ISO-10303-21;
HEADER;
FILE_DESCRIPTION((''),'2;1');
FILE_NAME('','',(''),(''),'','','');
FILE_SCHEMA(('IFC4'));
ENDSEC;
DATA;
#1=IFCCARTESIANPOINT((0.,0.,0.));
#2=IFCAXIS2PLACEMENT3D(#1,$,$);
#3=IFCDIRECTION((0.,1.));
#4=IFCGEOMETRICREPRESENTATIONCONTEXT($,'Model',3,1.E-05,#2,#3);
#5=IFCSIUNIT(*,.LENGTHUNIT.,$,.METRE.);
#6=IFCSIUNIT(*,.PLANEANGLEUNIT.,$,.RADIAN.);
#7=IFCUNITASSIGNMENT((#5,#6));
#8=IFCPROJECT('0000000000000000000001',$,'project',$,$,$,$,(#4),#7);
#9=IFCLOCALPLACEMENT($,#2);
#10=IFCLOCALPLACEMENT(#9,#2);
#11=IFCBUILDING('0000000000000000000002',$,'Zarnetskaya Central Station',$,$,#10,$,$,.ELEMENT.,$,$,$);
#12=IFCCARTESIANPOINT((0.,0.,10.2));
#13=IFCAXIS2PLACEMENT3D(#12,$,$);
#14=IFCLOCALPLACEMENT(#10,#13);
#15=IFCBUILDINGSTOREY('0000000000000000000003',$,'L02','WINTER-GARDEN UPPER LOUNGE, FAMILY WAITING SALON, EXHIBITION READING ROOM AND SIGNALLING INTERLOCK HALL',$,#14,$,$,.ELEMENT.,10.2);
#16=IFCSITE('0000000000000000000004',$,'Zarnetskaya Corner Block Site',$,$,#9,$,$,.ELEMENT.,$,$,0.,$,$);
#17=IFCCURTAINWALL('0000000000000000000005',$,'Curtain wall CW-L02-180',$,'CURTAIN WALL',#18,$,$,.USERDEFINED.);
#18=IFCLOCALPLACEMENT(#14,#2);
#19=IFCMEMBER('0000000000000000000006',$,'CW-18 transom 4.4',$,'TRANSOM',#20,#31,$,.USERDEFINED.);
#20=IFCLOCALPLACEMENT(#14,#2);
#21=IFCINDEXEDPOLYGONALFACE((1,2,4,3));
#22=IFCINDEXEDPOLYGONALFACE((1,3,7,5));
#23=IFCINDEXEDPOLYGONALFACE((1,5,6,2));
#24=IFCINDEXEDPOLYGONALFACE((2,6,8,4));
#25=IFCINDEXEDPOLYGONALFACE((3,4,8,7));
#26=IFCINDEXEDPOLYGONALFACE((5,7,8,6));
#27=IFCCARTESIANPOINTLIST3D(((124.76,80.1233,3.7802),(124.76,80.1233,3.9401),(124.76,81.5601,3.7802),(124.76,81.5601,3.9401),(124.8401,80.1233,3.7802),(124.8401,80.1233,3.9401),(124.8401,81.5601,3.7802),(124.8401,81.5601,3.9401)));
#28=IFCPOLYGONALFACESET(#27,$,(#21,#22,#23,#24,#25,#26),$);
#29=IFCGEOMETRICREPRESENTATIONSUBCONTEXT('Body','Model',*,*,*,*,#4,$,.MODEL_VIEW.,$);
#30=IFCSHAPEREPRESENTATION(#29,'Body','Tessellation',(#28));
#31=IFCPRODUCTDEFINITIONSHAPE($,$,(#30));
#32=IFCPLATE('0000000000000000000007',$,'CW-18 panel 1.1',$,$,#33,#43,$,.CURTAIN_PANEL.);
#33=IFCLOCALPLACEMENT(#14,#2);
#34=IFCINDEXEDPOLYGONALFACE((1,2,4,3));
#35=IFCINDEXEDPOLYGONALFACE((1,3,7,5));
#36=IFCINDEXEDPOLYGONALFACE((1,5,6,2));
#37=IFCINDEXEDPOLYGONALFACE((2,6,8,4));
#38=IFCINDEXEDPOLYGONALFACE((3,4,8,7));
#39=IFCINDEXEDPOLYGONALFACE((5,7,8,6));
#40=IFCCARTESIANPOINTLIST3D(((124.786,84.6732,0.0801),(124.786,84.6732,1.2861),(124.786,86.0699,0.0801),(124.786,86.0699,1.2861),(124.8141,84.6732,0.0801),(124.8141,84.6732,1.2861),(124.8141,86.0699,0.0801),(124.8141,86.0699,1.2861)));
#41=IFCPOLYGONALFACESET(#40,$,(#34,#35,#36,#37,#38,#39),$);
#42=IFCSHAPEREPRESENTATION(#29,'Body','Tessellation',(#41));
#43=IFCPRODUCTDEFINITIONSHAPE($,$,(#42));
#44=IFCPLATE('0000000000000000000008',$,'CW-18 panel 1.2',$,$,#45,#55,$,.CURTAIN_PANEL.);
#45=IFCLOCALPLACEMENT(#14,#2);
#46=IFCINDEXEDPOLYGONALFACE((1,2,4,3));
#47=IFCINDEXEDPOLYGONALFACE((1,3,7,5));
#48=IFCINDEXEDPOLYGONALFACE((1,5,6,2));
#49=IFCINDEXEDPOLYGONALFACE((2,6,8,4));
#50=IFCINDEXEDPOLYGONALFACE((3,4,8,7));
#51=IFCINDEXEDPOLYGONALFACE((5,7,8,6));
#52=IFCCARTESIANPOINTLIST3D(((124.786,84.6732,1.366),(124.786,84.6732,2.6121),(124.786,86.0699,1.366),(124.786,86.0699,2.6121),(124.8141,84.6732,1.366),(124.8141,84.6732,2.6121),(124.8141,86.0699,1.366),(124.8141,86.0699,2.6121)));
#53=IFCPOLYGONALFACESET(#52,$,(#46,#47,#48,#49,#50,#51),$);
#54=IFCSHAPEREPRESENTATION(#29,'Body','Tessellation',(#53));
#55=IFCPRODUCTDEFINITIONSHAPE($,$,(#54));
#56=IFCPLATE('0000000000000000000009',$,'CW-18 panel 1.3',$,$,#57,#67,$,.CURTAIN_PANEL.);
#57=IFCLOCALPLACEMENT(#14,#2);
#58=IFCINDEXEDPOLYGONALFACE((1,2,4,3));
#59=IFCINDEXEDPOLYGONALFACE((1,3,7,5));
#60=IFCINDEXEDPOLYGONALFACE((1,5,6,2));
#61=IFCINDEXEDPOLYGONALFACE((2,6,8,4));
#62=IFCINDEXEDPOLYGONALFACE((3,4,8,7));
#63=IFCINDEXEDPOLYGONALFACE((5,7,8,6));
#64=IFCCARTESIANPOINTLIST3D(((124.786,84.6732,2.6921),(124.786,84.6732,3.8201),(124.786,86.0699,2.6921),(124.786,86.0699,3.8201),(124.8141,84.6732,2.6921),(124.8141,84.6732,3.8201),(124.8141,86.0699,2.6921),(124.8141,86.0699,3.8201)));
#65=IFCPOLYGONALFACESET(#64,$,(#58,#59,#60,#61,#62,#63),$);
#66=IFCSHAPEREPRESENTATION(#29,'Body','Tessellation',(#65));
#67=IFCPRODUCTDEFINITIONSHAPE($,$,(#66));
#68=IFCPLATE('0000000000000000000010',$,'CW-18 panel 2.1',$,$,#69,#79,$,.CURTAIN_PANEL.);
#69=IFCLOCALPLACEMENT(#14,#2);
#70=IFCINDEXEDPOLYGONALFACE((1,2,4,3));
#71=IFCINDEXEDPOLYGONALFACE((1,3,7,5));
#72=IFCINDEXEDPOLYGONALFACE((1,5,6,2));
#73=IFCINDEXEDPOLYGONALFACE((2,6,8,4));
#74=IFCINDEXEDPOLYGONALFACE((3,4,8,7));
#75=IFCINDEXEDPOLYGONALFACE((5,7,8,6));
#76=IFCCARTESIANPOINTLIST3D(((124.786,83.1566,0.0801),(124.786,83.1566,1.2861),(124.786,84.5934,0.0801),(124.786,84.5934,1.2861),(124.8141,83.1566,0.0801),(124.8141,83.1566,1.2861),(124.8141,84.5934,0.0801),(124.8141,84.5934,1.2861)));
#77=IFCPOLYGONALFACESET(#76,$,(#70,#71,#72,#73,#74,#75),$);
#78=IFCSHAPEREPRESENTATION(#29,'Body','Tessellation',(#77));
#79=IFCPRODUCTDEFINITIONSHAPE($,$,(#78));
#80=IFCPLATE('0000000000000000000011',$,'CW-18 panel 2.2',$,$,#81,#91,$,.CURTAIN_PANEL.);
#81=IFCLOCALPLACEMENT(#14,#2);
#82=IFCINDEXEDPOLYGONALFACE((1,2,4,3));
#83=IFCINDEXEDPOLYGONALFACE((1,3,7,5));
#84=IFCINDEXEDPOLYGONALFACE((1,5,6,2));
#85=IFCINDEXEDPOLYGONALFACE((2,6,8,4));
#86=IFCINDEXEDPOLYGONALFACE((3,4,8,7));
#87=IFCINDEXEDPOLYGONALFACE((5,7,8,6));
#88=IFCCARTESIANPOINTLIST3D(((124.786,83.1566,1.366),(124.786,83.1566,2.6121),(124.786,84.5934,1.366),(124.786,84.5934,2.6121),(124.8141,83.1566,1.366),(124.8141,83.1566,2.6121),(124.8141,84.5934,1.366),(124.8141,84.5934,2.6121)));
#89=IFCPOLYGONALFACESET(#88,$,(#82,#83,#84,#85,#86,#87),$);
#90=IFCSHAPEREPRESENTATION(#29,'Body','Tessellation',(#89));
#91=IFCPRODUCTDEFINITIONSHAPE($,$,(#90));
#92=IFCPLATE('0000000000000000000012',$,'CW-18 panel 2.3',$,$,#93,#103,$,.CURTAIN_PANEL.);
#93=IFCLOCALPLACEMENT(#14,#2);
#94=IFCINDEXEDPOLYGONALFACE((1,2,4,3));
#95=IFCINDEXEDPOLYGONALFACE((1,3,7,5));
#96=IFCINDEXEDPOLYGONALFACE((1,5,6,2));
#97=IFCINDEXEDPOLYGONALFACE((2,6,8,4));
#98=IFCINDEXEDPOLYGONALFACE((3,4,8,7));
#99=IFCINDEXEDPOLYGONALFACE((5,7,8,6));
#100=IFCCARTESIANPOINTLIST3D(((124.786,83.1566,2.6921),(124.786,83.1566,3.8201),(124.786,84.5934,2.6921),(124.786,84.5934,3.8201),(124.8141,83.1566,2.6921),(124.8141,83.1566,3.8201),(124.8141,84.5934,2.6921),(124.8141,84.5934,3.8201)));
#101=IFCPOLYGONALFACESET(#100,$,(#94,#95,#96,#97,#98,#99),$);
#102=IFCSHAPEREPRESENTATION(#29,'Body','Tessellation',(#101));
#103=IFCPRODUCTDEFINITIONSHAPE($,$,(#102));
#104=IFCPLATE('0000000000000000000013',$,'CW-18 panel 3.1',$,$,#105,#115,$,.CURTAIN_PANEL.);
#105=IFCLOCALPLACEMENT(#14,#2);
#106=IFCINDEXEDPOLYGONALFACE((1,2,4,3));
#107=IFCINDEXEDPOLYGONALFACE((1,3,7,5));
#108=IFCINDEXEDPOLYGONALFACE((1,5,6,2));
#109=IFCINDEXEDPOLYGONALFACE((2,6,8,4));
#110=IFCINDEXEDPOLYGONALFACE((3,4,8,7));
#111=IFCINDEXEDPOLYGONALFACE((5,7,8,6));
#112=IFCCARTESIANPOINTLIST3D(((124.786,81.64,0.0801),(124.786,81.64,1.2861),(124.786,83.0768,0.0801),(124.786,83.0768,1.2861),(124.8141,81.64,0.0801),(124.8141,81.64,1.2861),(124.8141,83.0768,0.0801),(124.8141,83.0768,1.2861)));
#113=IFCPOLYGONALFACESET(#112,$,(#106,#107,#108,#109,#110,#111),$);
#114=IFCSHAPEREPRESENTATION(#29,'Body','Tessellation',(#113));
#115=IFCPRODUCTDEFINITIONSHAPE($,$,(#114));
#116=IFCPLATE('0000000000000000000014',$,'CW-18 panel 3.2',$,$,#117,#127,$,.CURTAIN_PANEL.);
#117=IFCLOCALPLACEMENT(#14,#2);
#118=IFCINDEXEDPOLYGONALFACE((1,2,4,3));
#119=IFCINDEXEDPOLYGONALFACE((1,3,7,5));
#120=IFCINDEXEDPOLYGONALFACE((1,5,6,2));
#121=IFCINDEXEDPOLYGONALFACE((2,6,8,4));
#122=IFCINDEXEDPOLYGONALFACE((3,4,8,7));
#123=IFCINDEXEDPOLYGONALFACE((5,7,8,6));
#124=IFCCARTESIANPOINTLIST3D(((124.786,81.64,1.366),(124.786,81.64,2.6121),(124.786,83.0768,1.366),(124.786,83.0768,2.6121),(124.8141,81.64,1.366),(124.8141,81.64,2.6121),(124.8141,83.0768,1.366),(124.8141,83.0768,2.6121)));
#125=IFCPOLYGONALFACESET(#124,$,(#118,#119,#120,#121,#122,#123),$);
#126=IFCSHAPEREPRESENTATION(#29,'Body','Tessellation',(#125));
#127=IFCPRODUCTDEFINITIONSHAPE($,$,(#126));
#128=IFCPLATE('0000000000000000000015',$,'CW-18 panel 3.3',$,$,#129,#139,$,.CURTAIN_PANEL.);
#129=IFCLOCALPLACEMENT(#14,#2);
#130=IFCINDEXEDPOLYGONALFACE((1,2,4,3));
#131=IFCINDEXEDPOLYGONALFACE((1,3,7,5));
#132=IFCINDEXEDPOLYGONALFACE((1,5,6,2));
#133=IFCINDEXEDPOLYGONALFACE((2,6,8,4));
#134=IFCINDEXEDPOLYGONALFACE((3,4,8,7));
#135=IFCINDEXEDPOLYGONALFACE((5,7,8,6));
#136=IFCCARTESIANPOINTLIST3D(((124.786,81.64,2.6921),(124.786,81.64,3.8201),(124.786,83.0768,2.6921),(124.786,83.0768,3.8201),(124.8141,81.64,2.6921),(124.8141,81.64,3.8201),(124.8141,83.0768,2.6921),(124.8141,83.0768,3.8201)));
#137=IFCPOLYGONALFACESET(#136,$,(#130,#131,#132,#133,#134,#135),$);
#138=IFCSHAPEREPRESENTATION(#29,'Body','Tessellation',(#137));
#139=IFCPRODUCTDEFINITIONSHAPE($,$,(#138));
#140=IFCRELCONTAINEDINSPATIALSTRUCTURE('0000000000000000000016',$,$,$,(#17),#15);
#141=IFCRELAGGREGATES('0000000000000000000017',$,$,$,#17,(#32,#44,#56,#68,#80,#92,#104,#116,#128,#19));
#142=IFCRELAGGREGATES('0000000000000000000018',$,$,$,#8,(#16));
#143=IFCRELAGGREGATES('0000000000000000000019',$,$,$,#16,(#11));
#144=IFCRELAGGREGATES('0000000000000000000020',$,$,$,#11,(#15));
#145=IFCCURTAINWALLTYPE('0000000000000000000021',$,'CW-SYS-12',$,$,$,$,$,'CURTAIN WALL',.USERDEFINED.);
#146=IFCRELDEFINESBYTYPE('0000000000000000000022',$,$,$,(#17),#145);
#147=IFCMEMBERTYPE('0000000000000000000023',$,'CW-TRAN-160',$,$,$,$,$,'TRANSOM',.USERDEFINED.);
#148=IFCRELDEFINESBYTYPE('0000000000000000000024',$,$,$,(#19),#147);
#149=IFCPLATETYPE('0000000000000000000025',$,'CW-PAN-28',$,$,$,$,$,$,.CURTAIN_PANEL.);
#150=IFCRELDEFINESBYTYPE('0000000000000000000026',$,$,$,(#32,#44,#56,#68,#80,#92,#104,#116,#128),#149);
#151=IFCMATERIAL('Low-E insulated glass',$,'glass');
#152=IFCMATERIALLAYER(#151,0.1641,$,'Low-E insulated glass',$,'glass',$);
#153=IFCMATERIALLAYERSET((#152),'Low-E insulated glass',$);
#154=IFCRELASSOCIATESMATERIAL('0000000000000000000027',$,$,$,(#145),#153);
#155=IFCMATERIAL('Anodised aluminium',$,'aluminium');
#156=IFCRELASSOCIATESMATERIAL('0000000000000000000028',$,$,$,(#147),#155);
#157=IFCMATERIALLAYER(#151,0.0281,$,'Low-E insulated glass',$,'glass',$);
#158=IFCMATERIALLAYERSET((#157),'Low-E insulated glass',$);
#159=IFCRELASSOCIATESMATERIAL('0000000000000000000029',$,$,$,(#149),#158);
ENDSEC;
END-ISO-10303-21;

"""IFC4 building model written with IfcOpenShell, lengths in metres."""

from ifc_helpers import new_model, si_unit, direction, frame, origin, origin_2d, place, context, subcontext, project, spatial, rectangle, extrude, material, layer, layer_set, material_profile, profile_set, type_object, element, aggregate, save


model = new_model("IFC4")

# Units and contexts
model_context = context("Model", 3, precision=1e-05, world=origin(), true_north=direction((0.0, 1.0)))
body_context = subcontext(model_context, "Body", "Model", "MODEL_VIEW")
ifc_project = project(units=[si_unit("LENGTHUNIT", "METRE"), si_unit("PLANEANGLEUNIT", "RADIAN")], contexts=[model_context])

# Site, building, storey
site_placement = place(None, origin())
site = spatial("IfcSite", under=ifc_project, at=site_placement, Name="Zarnetskaya Corner Block Site", CompositionType="ELEMENT", RefElevation=0.0)
building_placement = place(site_placement, origin())
building = spatial("IfcBuilding", under=site, at=building_placement, Name="Zarnetskaya Central Station", CompositionType="ELEMENT")
storey_placement = place(building_placement, frame((0.0, 0.0, 10.2)))
storey = spatial("IfcBuildingStorey", under=building, at=storey_placement, Name="L02", Description="WINTER-GARDEN UPPER LOUNGE, FAMILY WAITING SALON, EXHIBITION READING ROOM AND SIGNALLING INTERLOCK HALL", CompositionType="ELEMENT", Elevation=10.2)

# Curtain wall, member, plates
ifc_material_1 = material(Name="Low-E insulated glass", Category="glass")
ifc_layer_1 = layer(ifc_material_1, 0.1641, Name="Low-E insulated glass", Category="glass")
ifc_layer_set_1 = layer_set([ifc_layer_1], Name="Low-E insulated glass")
curtain_wall_type = type_object("IfcCurtainWallType", Name="CW-SYS-12", ElementType="CURTAIN WALL", PredefinedType="USERDEFINED", material=ifc_layer_set_1)
curtain_wall_placement = place(storey_placement, origin())
curtain_wall = element("IfcCurtainWall", 1, at=curtain_wall_placement, inside=storey, type_object=curtain_wall_type, Name="Curtain wall CW-L02-180", ObjectType="CURTAIN WALL", PredefinedType="USERDEFINED")
ifc_material_2 = material(Name="Anodised aluminium", Category="aluminium")
ifc_material_profile_1 = material_profile(ifc_material_2, rectangle(XDim=0.0801, YDim=0.1599, at=origin_2d()), Name="ALU TRAN 80x160")
ifc_profile_set_1 = profile_set([ifc_material_profile_1], Name="Anodised aluminium")
member_type_1 = type_object("IfcMemberType", Name="CW-TRAN-160", ElementType="TRANSOM", PredefinedType="USERDEFINED", material=ifc_profile_set_1)
member_1_placement = place(storey_placement, frame((124.8, 81.5601, 3.8601), z_axis=(0.0, -1.0, 0.0), x_axis=(1.0, 0.0, 0.0)))
member_1 = element("IfcMember", 2, at=member_1_placement, type_object=member_type_1, Name="CW-18 transom 4.4", ObjectType="TRANSOM", PredefinedType="USERDEFINED", context=body_context, shape_type="SweptSolid", body=[
    extrude(rectangle(XDim=0.0801, YDim=0.1599, at=origin_2d()), origin(), (0.0, 0.0, 1.0), 1.4368),
])
ifc_layer_2 = layer(ifc_material_1, 0.0281, Name="Low-E insulated glass", Category="glass")
ifc_layer_set_2 = layer_set([ifc_layer_2], Name="Low-E insulated glass")
plate_type = type_object("IfcPlateType", Name="CW-PAN-28", PredefinedType="CURTAIN_PANEL", material=ifc_layer_set_2)
plate_1_placement = place(storey_placement, frame((124.8, 85.3716, 0.0801), z_axis=(0.0, 0.0, 1.0), x_axis=(0.0, -1.0, 0.0)))
plate_1 = element("IfcPlate", 3, at=plate_1_placement, type_object=plate_type, Name="CW-18 panel 1.1", PredefinedType="CURTAIN_PANEL", context=body_context, shape_type="SweptSolid", body=[
    extrude(rectangle(XDim=1.3967, YDim=0.0281, at=origin_2d()), origin(), (0.0, 0.0, 1.0), 1.2061),
])
plate_2_placement = place(storey_placement, frame((124.8, 85.3716, 1.366), z_axis=(0.0, 0.0, 1.0), x_axis=(0.0, -1.0, 0.0)))
plate_2 = element("IfcPlate", 4, at=plate_2_placement, type_object=plate_type, Name="CW-18 panel 1.2", PredefinedType="CURTAIN_PANEL", context=body_context, shape_type="SweptSolid", body=[
    extrude(rectangle(XDim=1.3967, YDim=0.0281, at=origin_2d()), origin(), (0.0, 0.0, 1.0), 1.2461),
])
plate_3_placement = place(storey_placement, frame((124.8, 85.3716, 2.6921), z_axis=(0.0, 0.0, 1.0), x_axis=(0.0, -1.0, 0.0)))
plate_3 = element("IfcPlate", 5, at=plate_3_placement, type_object=plate_type, Name="CW-18 panel 1.3", PredefinedType="CURTAIN_PANEL", context=body_context, shape_type="SweptSolid", body=[
    extrude(rectangle(XDim=1.3967, YDim=0.0281, at=origin_2d()), origin(), (0.0, 0.0, 1.0), 1.1279),
])
plate_4_placement = place(storey_placement, frame((124.8, 83.875, 0.0801), z_axis=(0.0, 0.0, 1.0), x_axis=(0.0, -1.0, 0.0)))
plate_4 = element("IfcPlate", 6, at=plate_4_placement, type_object=plate_type, Name="CW-18 panel 2.1", PredefinedType="CURTAIN_PANEL", context=body_context, shape_type="SweptSolid", body=[
    extrude(rectangle(XDim=1.4368, YDim=0.0281, at=origin_2d()), origin(), (0.0, 0.0, 1.0), 1.2061),
])
plate_5_placement = place(storey_placement, frame((124.8, 83.875, 1.366), z_axis=(0.0, 0.0, 1.0), x_axis=(0.0, -1.0, 0.0)))
plate_5 = element("IfcPlate", 7, at=plate_5_placement, type_object=plate_type, Name="CW-18 panel 2.2", PredefinedType="CURTAIN_PANEL", context=body_context, shape_type="SweptSolid", body=[
    extrude(rectangle(XDim=1.4368, YDim=0.0281, at=origin_2d()), origin(), (0.0, 0.0, 1.0), 1.2461),
])
plate_6_placement = place(storey_placement, frame((124.8, 83.875, 2.6921), z_axis=(0.0, 0.0, 1.0), x_axis=(0.0, -1.0, 0.0)))
plate_6 = element("IfcPlate", 8, at=plate_6_placement, type_object=plate_type, Name="CW-18 panel 2.3", PredefinedType="CURTAIN_PANEL", context=body_context, shape_type="SweptSolid", body=[
    extrude(rectangle(XDim=1.4368, YDim=0.0281, at=origin_2d()), origin(), (0.0, 0.0, 1.0), 1.1279),
])
plate_7_placement = place(storey_placement, frame((124.8, 82.3584, 0.0801), z_axis=(0.0, 0.0, 1.0), x_axis=(0.0, -1.0, 0.0)))
plate_7 = element("IfcPlate", 9, at=plate_7_placement, type_object=plate_type, Name="CW-18 panel 3.1", PredefinedType="CURTAIN_PANEL", context=body_context, shape_type="SweptSolid", body=[
    extrude(rectangle(XDim=1.4368, YDim=0.0281, at=origin_2d()), origin(), (0.0, 0.0, 1.0), 1.2061),
])
plate_8_placement = place(storey_placement, frame((124.8, 82.3584, 1.366), z_axis=(0.0, 0.0, 1.0), x_axis=(0.0, -1.0, 0.0)))
plate_8 = element("IfcPlate", 10, at=plate_8_placement, type_object=plate_type, Name="CW-18 panel 3.2", PredefinedType="CURTAIN_PANEL", context=body_context, shape_type="SweptSolid", body=[
    extrude(rectangle(XDim=1.4368, YDim=0.0281, at=origin_2d()), origin(), (0.0, 0.0, 1.0), 1.2461),
])
plate_9_placement = place(storey_placement, frame((124.8, 82.3584, 2.6921), z_axis=(0.0, 0.0, 1.0), x_axis=(0.0, -1.0, 0.0)))
plate_9 = element("IfcPlate", 11, at=plate_9_placement, type_object=plate_type, Name="CW-18 panel 3.3", PredefinedType="CURTAIN_PANEL", context=body_context, shape_type="SweptSolid", body=[
    extrude(rectangle(XDim=1.4368, YDim=0.0281, at=origin_2d()), origin(), (0.0, 0.0, 1.0), 1.1279),
])
aggregate(curtain_wall, [plate_1, plate_2, plate_3, plate_4, plate_5, plate_6, plate_7, plate_8, plate_9, member_1])

save(model, "model.ifc")
